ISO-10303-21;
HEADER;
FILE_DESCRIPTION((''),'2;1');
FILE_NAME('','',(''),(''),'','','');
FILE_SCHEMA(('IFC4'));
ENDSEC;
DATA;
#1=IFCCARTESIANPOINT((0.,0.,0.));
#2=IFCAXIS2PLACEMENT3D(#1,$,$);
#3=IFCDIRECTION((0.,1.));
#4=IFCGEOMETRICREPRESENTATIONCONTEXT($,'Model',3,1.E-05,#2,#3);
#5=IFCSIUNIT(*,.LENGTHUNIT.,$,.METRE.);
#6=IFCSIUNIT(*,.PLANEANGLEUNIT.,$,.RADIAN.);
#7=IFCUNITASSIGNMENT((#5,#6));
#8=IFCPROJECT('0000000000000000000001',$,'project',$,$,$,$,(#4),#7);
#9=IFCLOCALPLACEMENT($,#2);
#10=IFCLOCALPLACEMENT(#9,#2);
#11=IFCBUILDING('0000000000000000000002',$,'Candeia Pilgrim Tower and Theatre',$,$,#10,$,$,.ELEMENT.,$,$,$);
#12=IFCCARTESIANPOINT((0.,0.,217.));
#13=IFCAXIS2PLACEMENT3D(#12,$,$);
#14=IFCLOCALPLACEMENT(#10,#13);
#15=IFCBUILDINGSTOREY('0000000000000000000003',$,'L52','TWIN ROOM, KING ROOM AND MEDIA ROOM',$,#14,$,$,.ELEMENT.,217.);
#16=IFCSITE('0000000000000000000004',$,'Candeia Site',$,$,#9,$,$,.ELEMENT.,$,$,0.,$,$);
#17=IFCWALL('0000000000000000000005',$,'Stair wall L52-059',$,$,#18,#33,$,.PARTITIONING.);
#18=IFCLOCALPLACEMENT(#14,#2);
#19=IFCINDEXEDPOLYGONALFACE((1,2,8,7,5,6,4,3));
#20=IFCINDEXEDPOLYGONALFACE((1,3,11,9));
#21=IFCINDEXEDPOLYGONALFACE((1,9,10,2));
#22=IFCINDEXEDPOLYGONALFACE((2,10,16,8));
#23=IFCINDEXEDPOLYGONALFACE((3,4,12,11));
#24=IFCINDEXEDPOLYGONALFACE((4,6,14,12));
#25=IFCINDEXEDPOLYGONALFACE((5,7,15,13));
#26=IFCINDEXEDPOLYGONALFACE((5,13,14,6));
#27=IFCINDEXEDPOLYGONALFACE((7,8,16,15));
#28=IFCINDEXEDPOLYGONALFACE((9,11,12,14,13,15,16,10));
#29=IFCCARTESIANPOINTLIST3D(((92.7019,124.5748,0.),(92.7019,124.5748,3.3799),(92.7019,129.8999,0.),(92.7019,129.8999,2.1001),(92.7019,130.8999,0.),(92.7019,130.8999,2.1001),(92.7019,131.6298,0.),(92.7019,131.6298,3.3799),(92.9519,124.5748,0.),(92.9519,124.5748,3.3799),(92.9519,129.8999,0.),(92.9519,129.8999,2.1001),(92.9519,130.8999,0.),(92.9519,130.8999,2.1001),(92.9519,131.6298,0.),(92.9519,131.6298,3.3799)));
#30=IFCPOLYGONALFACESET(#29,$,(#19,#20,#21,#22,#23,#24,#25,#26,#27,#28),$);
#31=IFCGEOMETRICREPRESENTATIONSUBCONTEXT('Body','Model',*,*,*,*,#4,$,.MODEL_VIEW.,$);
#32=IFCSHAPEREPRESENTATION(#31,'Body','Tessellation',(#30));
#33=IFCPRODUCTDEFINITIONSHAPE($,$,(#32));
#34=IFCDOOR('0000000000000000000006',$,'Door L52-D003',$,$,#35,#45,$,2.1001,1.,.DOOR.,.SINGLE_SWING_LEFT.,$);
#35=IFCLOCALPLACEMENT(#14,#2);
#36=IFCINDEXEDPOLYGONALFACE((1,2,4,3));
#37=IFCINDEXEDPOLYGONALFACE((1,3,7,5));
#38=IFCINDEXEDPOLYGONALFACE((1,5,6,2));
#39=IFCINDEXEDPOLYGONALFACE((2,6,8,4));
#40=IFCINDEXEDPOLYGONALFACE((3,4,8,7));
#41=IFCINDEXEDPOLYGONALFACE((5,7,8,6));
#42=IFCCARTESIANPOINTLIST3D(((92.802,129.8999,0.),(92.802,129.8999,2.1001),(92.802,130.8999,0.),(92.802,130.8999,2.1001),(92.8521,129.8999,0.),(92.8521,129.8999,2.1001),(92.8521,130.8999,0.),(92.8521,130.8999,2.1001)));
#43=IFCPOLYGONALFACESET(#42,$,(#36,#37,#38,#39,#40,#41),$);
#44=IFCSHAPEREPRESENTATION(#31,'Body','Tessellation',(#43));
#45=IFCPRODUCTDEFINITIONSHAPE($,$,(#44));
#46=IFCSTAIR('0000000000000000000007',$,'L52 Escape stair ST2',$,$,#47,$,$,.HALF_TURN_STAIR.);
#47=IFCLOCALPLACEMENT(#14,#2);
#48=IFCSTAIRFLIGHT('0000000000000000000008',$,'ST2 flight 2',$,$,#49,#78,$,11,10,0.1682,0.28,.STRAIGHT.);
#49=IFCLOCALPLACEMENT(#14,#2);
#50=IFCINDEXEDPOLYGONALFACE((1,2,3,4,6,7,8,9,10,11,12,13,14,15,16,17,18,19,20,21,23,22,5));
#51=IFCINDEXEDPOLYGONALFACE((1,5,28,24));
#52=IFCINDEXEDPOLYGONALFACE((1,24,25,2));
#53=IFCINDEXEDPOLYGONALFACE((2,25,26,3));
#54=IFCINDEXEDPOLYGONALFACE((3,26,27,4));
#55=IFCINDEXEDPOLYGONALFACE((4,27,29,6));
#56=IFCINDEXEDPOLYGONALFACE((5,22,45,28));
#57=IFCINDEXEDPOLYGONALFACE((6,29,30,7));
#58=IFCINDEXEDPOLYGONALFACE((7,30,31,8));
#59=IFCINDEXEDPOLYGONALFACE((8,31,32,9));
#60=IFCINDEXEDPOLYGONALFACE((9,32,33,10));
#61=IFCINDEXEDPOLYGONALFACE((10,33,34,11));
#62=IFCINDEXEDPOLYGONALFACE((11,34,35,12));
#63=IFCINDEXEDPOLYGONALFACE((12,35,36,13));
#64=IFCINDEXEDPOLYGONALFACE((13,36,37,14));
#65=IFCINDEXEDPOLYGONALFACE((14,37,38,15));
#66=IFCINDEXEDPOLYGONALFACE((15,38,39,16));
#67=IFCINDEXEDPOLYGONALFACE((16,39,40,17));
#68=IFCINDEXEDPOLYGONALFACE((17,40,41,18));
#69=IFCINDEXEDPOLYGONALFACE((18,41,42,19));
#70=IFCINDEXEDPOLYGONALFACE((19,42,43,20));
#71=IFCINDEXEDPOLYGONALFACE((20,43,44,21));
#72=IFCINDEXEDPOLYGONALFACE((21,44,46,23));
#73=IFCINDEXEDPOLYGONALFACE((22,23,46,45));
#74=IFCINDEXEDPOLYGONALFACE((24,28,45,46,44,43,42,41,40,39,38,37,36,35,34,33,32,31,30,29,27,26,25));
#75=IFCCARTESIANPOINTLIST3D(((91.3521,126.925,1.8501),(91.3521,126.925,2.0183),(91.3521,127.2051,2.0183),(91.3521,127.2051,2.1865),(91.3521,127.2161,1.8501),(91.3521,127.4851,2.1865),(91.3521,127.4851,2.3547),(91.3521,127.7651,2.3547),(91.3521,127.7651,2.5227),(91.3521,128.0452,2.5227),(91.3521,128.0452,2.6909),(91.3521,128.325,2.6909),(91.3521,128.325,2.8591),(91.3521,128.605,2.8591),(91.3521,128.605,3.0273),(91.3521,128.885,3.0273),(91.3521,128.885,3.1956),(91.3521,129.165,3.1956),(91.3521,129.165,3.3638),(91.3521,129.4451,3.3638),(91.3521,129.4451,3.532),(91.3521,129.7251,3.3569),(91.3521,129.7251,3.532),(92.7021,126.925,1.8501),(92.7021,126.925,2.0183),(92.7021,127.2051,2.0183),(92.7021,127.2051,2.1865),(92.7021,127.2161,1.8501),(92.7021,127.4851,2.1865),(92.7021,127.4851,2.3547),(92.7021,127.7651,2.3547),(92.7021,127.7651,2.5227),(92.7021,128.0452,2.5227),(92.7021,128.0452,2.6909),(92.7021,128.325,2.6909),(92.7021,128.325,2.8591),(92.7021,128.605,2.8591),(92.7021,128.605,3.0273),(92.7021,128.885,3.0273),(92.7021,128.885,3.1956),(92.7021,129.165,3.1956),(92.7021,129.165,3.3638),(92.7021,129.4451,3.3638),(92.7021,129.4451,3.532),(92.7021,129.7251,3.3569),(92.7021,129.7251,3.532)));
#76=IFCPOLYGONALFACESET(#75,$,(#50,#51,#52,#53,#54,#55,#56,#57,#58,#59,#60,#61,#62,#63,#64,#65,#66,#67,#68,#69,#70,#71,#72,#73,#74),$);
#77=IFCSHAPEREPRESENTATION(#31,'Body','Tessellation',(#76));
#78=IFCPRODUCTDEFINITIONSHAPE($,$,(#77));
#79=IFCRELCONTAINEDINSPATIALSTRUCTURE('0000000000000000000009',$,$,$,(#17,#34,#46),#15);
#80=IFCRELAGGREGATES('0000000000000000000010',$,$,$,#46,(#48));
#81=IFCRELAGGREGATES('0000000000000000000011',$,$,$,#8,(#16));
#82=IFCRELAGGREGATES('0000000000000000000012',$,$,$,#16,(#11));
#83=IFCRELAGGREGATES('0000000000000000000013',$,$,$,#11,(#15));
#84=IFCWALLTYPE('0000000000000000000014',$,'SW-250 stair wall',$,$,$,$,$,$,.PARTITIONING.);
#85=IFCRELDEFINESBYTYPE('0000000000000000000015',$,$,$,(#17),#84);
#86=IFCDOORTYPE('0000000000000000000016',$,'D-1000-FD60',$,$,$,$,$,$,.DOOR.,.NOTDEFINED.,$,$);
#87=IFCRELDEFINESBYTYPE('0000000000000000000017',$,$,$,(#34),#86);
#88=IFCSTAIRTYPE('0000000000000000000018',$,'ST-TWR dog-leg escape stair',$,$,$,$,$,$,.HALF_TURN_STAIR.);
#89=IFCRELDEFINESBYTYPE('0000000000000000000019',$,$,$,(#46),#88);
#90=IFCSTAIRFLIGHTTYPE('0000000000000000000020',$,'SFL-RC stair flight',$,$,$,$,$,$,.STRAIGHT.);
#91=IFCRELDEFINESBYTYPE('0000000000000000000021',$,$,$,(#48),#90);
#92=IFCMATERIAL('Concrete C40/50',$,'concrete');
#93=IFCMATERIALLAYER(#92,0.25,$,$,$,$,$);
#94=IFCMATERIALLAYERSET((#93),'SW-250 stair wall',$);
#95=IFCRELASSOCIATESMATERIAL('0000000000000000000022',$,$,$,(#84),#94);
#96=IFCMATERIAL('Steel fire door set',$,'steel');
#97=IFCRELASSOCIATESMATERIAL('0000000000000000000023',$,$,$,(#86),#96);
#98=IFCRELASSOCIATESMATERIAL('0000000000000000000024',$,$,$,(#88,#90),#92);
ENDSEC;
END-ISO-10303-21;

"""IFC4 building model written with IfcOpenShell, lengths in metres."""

from ifc_helpers import new_model, si_unit, direction, frame, frame_2d, origin, place, context, subcontext, project, spatial, polyline, rectangle, outline, extrude, material, layer, layer_set, type_object, element, fill, aggregate, save


model = new_model("IFC4")

# Units and contexts
model_context = context("Model", 3, precision=1e-05, world=origin(), true_north=direction((0.0, 1.0)))
body_context = subcontext(model_context, "Body", "Model", "MODEL_VIEW")
ifc_project = project(units=[si_unit("LENGTHUNIT", "METRE"), si_unit("PLANEANGLEUNIT", "RADIAN")], contexts=[model_context])

# Site, building, storey
site_placement = place(None, origin())
site = spatial("IfcSite", under=ifc_project, at=site_placement, Name="Candeia Site", CompositionType="ELEMENT", RefElevation=0.0)
building_placement = place(site_placement, origin())
building = spatial("IfcBuilding", under=site, at=building_placement, Name="Candeia Pilgrim Tower and Theatre", CompositionType="ELEMENT")
storey_placement = place(building_placement, frame((0.0, 0.0, 217.0)))
storey = spatial("IfcBuildingStorey", under=building, at=storey_placement, Name="L52", Description="TWIN ROOM, KING ROOM AND MEDIA ROOM", CompositionType="ELEMENT", Elevation=217.0)

# Shared definitions
ifc_material_1 = material(Name="Steel fire door set", Category="steel")

# Shared definitions
ifc_material_2 = material(Name="Concrete C40/50", Category="concrete")

# Wall, opening, door
ifc_layer_1 = layer(ifc_material_2, 0.25)
ifc_layer_set_1 = layer_set([ifc_layer_1], Name="SW-250 stair wall")
wall_type_1 = type_object("IfcWallType", Name="SW-250 stair wall", PredefinedType="PARTITIONING", material=ifc_layer_set_1)
wall_1_placement = place(storey_placement, frame((92.8269, 124.575, 0.0), z_axis=(0.0, 0.0, 1.0), x_axis=(0.0, 1.0, 0.0)))
wall_1 = element("IfcWall", 1, at=wall_1_placement, inside=storey, type_object=wall_type_1, Name="Stair wall L52-059", PredefinedType="PARTITIONING", context=body_context, shape_type="SweptSolid", body=[
    extrude(rectangle(XDim=7.0549, YDim=0.25, at=frame_2d((3.5273, 0.0))), origin(), (0.0, 0.0, 1.0), 3.3799),
])
opening_1_placement = place(wall_1_placement, frame((5.325, 0.0, 0.0)))
opening_1 = element("IfcOpeningElement", 2, at=opening_1_placement, cuts=wall_1, PredefinedType="OPENING", context=body_context, shape_type="SweptSolid", body=[
    extrude(rectangle(XDim=1.0, YDim=2.1001, at=frame_2d((0.5, 1.05))), frame((0.0, 0.135, 0.0), z_axis=(0.0, -1.0, 0.0), x_axis=(1.0, 0.0, 0.0)), (0.0, 0.0, 1.0), 0.27),
])
door_type_1 = type_object("IfcDoorType", Name="D-1000-FD60", OperationType="NOTDEFINED", PredefinedType="DOOR", material=ifc_material_1)
door_1_placement = place(opening_1_placement, origin())
door_1 = element("IfcDoor", 3, at=door_1_placement, inside=storey, type_object=door_type_1, Name="Door L52-D003", OperationType="SINGLE_SWING_LEFT", OverallHeight=2.1001, OverallWidth=1.0, PredefinedType="DOOR", context=body_context, shape_type="SweptSolid", body=[
    extrude(rectangle(XDim=1.0, YDim=2.1001, at=frame_2d((0.5, 1.05))), frame((0.0, 0.0249, 0.0), z_axis=(0.0, -1.0, 0.0), x_axis=(1.0, 0.0, 0.0)), (0.0, 0.0, 1.0), 0.05),
])
fill(opening_1, door_1)

# Stair, stair flight
stair_type = type_object("IfcStairType", Name="ST-TWR dog-leg escape stair", PredefinedType="HALF_TURN_STAIR", material=ifc_material_2)
stair_placement = place(storey_placement, origin())
stair = element("IfcStair", 4, at=stair_placement, inside=storey, type_object=stair_type, Name="L52 Escape stair ST2", PredefinedType="HALF_TURN_STAIR")
stair_flight_type = type_object("IfcStairFlightType", Name="SFL-RC stair flight", PredefinedType="STRAIGHT", material=ifc_material_2)
stair_flight_placement = place(storey_placement, frame((92.0271, 126.925, 1.8501), z_axis=(0.0, 0.0, 1.0), x_axis=(0.0, 1.0, 0.0)))
stair_flight = element("IfcStairFlight", 5, at=stair_flight_placement, type_object=stair_flight_type, Name="ST2 flight 2", NumberOfRisers=11, NumberOfTreads=10, PredefinedType="STRAIGHT", RiserHeight=0.1682, TreadLength=0.28, context=body_context, shape_type="SweptSolid", body=[
    extrude(outline(polyline([(0.0, 0.0), (0.0, 0.1682), (0.28, 0.1682), (0.28, 0.3364), (0.5601, 0.3364), (0.5601, 0.5046), (0.8401, 0.5046), (0.8401, 0.6726), (1.1201, 0.6726), (1.1201, 0.8408), (1.3999, 0.8408), (1.3999, 1.009), (1.6799, 1.009), (1.6799, 1.1772), (1.96, 1.1772), (1.96, 1.3455), (2.24, 1.3455), (2.24, 1.5137), (2.52, 1.5137), (2.52, 1.6819), (2.8, 1.6819), (2.8, 1.8501), (2.8, 1.5068), (0.291, 0.0), (0.0, 0.0)])), frame((0.0, 0.675, 0.0), z_axis=(0.0, -1.0, 0.0), x_axis=(1.0, 0.0, 0.0)), (0.0, 0.0, 1.0), 1.3501),
])
aggregate(stair, [stair_flight])

save(model, "model.ifc")
